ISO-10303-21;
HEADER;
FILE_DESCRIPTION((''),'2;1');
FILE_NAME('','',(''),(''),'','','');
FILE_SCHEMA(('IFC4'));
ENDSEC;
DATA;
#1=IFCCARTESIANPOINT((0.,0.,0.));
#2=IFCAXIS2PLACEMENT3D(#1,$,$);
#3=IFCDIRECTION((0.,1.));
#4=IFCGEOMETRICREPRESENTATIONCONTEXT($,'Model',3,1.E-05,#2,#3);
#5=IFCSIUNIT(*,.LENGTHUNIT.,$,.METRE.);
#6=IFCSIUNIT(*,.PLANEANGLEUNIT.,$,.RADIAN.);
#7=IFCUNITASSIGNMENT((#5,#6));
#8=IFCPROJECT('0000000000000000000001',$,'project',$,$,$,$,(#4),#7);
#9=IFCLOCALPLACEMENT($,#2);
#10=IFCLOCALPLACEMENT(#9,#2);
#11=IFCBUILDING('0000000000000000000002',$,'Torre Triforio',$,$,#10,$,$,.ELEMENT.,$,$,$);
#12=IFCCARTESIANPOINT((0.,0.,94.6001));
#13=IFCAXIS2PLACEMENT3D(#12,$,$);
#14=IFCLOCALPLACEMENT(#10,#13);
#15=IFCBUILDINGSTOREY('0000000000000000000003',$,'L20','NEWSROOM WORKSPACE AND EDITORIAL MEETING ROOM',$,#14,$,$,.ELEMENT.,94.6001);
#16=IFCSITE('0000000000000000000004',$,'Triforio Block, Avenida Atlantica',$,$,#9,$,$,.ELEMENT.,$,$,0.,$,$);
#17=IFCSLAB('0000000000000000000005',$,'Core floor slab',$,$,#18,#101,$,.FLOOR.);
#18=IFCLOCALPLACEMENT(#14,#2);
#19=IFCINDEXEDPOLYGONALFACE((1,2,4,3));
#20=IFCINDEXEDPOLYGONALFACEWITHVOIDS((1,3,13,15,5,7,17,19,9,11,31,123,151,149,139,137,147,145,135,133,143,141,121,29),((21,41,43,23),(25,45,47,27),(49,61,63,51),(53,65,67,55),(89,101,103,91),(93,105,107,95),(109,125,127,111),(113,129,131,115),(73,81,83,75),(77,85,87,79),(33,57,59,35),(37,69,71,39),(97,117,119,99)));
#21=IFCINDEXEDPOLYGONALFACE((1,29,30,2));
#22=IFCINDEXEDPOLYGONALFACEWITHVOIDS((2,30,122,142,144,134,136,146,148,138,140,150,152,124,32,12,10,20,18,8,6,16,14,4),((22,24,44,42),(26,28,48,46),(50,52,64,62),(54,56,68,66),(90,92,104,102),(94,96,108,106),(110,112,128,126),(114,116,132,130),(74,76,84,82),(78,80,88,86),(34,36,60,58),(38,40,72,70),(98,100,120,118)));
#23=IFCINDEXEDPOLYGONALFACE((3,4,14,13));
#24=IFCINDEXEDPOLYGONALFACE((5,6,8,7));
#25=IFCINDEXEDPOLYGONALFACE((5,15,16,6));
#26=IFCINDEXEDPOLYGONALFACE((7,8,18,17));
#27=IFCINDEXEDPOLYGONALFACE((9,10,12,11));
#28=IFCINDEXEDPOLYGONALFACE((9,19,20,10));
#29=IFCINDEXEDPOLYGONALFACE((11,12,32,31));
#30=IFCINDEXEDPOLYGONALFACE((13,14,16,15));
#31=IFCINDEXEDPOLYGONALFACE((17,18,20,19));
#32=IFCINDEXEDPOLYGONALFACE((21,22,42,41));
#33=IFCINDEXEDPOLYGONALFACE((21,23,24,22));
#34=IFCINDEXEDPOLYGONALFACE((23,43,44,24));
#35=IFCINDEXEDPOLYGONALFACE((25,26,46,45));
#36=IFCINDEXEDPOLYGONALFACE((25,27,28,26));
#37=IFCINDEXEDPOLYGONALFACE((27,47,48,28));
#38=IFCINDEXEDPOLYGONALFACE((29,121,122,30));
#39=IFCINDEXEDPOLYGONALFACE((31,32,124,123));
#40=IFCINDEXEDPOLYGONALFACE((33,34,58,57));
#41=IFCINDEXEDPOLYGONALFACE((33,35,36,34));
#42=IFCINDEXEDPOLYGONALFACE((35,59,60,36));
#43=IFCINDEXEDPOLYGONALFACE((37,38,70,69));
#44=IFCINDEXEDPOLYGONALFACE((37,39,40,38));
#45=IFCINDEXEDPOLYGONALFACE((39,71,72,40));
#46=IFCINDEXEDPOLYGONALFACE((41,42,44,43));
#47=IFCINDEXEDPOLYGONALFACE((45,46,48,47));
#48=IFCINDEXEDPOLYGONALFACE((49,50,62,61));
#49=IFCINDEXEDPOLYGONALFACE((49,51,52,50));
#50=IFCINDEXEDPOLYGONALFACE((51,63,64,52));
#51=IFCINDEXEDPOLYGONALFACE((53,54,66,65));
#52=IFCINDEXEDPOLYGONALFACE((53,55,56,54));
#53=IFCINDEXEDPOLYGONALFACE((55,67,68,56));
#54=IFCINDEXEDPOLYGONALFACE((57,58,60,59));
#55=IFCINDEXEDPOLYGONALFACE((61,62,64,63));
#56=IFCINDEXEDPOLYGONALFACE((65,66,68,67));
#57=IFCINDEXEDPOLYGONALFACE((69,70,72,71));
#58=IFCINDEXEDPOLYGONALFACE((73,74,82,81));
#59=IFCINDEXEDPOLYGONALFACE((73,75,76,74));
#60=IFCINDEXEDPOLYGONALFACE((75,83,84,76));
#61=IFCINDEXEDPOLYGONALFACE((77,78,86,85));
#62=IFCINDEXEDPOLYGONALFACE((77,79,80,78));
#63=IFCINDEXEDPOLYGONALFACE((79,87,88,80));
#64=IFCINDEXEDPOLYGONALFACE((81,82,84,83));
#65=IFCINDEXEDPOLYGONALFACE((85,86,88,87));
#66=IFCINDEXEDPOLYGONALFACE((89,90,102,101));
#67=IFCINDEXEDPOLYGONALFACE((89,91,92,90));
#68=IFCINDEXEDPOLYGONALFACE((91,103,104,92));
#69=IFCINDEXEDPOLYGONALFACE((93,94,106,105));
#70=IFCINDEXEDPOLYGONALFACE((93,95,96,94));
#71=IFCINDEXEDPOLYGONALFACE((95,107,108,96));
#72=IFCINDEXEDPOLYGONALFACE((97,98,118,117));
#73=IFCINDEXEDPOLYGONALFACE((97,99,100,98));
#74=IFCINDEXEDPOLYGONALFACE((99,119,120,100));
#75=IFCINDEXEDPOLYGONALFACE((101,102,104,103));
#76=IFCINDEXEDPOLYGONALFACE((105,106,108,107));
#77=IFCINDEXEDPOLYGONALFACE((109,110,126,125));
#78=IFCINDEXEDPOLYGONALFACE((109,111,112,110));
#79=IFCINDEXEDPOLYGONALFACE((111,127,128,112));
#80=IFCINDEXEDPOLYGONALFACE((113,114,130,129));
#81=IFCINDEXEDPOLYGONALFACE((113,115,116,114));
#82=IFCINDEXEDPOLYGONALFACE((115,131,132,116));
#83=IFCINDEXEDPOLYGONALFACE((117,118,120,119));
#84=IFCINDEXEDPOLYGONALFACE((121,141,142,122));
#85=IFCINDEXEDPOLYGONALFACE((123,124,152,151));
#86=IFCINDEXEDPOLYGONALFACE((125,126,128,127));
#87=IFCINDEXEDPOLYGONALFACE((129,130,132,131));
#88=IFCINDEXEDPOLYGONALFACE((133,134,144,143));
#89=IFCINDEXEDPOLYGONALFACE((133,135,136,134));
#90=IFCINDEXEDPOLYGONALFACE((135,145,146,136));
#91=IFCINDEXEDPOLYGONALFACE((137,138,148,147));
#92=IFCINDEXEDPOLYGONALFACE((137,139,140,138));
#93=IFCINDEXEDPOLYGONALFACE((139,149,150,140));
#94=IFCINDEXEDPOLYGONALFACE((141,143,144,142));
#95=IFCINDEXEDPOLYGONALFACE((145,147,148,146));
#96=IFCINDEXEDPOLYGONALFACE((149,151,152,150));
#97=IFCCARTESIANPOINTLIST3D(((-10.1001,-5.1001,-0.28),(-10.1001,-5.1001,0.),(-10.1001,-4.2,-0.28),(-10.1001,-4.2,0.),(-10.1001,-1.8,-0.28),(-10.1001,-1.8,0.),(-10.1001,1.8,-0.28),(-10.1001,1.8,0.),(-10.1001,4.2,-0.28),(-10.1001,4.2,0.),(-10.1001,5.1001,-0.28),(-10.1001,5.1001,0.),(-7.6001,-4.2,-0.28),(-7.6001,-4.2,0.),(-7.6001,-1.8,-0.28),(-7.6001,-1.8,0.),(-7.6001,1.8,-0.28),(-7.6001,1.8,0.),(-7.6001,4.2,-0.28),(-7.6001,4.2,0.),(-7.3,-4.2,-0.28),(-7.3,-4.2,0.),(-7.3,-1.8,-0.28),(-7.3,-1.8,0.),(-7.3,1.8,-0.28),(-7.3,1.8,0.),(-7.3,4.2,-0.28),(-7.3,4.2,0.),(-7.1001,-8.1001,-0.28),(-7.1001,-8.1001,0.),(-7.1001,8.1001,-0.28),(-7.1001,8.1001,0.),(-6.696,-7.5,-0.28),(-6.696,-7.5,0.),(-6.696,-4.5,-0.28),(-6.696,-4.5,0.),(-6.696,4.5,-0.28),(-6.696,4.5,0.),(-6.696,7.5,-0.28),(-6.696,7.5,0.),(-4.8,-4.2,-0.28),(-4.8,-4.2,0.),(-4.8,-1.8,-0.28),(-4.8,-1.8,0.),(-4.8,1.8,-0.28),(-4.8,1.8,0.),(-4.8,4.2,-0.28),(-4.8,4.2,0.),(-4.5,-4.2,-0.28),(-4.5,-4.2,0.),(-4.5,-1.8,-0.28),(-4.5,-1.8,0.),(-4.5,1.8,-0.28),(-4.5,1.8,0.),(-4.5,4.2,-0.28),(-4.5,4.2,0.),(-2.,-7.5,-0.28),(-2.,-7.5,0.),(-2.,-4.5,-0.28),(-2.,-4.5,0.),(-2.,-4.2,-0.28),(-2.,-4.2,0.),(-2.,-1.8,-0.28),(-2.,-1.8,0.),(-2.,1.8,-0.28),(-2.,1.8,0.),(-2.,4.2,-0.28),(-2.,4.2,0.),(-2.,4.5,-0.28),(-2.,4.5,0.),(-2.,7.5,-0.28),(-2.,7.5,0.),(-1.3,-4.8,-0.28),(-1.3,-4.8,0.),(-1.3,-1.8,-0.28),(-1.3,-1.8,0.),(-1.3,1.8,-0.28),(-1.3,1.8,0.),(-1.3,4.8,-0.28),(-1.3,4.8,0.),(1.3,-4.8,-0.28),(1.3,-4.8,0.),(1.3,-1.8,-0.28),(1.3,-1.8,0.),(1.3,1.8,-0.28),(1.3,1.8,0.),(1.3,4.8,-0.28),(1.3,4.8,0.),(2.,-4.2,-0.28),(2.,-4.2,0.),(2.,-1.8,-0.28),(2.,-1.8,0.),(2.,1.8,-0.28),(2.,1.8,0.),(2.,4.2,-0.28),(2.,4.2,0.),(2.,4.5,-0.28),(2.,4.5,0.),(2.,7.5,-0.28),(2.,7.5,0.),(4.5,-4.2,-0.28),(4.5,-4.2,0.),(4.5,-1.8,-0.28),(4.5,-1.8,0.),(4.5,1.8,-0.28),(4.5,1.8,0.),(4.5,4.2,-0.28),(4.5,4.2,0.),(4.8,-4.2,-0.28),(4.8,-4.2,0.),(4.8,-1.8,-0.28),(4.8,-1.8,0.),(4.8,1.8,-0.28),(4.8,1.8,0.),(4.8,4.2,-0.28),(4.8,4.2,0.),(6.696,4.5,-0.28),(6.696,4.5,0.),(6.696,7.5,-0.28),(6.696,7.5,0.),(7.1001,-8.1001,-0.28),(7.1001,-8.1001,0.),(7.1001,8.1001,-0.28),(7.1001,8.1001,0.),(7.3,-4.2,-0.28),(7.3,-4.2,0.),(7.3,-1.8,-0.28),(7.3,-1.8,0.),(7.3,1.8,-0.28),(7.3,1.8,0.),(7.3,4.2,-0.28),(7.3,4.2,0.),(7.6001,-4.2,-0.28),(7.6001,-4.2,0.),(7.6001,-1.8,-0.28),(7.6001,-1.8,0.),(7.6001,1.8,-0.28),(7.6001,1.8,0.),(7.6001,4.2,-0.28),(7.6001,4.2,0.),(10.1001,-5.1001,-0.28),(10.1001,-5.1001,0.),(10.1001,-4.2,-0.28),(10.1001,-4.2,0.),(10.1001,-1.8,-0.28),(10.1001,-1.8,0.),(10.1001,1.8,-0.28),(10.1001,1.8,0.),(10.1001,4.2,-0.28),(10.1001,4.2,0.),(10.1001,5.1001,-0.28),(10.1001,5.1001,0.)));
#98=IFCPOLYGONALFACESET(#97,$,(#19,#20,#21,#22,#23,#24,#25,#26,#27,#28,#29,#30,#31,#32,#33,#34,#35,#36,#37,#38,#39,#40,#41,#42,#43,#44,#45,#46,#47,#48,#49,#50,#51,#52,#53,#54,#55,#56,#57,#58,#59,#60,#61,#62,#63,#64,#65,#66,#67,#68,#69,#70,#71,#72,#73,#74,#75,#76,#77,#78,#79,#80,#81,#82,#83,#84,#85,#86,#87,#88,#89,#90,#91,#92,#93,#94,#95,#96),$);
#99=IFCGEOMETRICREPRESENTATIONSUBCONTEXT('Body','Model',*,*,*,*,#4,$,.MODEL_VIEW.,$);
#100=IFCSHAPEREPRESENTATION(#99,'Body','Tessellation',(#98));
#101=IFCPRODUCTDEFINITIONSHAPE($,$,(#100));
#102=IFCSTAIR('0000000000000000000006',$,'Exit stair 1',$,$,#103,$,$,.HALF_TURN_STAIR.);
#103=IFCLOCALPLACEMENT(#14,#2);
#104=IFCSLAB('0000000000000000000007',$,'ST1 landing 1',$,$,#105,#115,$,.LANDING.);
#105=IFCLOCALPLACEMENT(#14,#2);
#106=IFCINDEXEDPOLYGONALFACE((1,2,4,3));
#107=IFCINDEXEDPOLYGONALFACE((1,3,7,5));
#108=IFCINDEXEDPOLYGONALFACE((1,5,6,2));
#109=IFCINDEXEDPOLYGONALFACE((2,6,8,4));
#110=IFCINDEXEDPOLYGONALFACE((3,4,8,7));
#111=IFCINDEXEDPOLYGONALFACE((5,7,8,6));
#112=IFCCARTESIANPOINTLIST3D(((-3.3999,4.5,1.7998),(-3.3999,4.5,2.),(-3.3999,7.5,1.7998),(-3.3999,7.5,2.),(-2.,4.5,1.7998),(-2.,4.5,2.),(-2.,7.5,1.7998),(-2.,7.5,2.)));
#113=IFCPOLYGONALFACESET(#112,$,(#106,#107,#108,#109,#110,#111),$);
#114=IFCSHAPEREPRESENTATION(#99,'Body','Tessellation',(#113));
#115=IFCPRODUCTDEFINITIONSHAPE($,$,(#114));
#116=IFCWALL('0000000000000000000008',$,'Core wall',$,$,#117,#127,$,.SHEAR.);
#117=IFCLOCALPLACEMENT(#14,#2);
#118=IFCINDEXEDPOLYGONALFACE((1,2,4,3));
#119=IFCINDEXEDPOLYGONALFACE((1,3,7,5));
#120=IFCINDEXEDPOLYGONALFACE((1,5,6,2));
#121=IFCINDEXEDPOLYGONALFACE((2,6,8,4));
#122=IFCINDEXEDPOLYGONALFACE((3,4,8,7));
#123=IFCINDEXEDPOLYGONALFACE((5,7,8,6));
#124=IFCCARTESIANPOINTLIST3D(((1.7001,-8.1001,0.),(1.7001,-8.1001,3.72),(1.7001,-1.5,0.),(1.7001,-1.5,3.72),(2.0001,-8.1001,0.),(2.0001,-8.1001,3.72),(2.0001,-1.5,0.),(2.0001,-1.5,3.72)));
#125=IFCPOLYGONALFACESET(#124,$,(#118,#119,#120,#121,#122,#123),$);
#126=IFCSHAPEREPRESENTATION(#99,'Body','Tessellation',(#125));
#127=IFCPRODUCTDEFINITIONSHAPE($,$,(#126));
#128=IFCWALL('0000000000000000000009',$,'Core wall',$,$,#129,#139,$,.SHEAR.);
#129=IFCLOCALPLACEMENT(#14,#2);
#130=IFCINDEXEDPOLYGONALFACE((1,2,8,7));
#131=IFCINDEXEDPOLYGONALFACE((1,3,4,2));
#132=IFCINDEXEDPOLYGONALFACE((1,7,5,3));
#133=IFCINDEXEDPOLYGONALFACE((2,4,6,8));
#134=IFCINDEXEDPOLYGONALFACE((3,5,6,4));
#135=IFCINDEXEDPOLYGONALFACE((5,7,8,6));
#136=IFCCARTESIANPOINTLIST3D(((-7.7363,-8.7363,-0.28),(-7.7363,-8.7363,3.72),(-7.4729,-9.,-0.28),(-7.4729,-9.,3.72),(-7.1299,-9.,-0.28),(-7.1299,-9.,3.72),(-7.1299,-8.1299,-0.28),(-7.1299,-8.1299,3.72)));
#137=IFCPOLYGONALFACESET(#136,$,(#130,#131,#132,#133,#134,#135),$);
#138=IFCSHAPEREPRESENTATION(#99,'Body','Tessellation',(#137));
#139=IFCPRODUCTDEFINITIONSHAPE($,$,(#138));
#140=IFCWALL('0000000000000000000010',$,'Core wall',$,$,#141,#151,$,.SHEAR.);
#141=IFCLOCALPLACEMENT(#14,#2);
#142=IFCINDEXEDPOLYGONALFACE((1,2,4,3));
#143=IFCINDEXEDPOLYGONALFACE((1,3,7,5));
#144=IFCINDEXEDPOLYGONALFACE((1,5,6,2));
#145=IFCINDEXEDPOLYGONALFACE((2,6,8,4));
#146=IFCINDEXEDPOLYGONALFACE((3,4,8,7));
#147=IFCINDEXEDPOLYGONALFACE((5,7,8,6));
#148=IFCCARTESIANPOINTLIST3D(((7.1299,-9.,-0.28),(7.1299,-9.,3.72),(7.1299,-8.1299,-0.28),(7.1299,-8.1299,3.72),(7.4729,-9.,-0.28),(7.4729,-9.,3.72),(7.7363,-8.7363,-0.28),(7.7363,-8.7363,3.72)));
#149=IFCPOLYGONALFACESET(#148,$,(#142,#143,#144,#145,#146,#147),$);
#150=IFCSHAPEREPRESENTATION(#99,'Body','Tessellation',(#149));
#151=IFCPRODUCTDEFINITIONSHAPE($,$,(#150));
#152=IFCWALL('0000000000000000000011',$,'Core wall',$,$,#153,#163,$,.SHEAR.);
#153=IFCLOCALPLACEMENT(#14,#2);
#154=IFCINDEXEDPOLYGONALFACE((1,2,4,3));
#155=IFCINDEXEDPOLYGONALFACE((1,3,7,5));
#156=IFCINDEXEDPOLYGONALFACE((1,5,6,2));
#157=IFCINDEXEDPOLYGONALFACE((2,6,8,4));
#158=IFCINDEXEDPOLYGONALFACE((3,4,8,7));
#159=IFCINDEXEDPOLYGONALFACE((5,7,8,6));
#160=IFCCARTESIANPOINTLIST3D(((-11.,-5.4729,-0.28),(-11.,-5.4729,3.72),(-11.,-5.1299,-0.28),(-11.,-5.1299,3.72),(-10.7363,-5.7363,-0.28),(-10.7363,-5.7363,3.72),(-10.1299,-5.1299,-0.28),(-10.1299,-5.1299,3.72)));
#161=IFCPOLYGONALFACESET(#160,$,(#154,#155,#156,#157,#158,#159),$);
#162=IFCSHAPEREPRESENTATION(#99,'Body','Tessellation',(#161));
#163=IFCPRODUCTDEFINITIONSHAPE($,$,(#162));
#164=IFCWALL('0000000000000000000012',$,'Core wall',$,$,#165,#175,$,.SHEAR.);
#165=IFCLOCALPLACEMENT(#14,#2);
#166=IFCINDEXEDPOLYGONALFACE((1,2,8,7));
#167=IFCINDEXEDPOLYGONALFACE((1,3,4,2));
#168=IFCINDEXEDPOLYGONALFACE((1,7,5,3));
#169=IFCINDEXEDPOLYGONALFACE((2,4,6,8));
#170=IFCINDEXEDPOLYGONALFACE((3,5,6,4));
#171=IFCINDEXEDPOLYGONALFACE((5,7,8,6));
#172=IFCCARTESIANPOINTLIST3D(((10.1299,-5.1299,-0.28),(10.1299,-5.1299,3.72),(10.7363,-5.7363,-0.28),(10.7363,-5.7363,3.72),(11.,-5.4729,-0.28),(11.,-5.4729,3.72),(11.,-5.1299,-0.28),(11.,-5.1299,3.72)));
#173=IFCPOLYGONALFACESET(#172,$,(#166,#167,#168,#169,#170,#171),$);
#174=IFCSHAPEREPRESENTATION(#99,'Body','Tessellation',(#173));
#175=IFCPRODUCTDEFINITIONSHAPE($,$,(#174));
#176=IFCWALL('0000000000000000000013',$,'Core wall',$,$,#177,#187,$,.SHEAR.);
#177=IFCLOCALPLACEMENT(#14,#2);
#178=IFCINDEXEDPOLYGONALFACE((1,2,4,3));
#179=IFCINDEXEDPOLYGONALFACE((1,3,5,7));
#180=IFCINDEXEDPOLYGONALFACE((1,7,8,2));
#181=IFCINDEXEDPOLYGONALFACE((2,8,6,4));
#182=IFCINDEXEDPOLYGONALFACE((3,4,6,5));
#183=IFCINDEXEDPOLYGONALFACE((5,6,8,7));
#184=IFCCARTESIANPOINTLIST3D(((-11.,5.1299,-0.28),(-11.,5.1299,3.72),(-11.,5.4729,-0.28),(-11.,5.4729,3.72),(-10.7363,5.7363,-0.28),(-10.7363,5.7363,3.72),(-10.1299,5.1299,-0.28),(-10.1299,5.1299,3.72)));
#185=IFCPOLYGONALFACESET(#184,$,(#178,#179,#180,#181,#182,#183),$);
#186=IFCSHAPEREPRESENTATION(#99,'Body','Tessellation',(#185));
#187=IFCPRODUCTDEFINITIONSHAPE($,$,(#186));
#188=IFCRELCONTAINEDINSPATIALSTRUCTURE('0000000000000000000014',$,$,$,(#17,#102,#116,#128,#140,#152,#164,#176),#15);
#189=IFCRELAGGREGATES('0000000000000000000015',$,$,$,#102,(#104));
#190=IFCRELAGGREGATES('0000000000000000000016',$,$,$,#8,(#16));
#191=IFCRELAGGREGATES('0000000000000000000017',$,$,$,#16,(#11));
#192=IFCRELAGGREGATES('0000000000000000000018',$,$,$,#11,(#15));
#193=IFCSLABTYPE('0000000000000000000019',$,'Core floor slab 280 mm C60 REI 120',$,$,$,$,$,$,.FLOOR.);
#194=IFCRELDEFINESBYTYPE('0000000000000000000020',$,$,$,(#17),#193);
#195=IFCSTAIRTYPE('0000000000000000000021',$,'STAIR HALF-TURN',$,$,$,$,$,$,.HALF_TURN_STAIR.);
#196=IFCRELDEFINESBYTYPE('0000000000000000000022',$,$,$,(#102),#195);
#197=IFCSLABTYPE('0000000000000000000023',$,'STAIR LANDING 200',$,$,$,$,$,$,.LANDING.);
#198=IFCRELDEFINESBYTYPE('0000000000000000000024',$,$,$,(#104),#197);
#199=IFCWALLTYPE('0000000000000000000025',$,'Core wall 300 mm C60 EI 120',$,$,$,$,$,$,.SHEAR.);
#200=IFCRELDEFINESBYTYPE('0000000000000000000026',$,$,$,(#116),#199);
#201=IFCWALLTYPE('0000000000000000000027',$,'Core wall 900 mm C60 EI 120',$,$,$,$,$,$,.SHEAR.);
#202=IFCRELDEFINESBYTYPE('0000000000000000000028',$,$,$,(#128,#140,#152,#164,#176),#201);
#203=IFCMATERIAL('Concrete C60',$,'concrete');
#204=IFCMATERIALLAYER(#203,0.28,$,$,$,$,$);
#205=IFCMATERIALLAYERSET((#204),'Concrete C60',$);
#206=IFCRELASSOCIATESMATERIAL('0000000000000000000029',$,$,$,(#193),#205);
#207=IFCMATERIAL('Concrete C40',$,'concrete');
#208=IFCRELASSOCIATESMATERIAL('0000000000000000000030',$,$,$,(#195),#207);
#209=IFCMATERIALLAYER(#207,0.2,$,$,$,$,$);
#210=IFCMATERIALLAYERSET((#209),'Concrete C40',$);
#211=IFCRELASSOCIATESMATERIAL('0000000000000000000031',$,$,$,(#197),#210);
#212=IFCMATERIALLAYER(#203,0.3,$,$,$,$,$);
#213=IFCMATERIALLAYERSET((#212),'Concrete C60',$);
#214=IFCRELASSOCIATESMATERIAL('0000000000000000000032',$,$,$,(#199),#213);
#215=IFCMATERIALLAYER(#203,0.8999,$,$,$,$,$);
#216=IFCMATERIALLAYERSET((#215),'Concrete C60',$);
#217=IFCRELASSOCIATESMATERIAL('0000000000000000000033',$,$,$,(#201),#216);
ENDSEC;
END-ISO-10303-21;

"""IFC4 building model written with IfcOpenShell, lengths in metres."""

from ifc_helpers import new_model, si_unit, direction, frame, frame_2d, origin, place, context, subcontext, project, spatial, polyline, rectangle, outline, extrude, material, layer, layer_set, type_object, element, aggregate, save


model = new_model("IFC4")

# Units and contexts
model_context = context("Model", 3, precision=1e-05, world=origin(), true_north=direction((0.0, 1.0)))
body_context = subcontext(model_context, "Body", "Model", "MODEL_VIEW")
ifc_project = project(units=[si_unit("LENGTHUNIT", "METRE"), si_unit("PLANEANGLEUNIT", "RADIAN")], contexts=[model_context])

# Site, building, storey
site_placement = place(None, origin())
site = spatial("IfcSite", under=ifc_project, at=site_placement, Name="Triforio Block, Avenida Atlantica", CompositionType="ELEMENT", RefElevation=0.0)
building_placement = place(site_placement, origin())
building = spatial("IfcBuilding", under=site, at=building_placement, Name="Torre Triforio", CompositionType="ELEMENT")
storey_placement = place(building_placement, frame((0.0, 0.0, 94.6001)))
storey = spatial("IfcBuildingStorey", under=building, at=storey_placement, Name="L20", Description="NEWSROOM WORKSPACE AND EDITORIAL MEETING ROOM", CompositionType="ELEMENT", Elevation=94.6001)

# Slab
ifc_material_1 = material(Name="Concrete C60", Category="concrete")
ifc_layer_1 = layer(ifc_material_1, 0.28)
ifc_layer_set_1 = layer_set([ifc_layer_1], Name="Concrete C60")
slab_type_1 = type_object("IfcSlabType", Name="Core floor slab 280 mm C60 REI 120", PredefinedType="FLOOR", material=ifc_layer_set_1)
slab_1_placement = place(storey_placement, frame((0.0, 0.0, -0.28)))
element("IfcSlab", 1, at=slab_1_placement, inside=storey, type_object=slab_type_1, Name="Core floor slab", PredefinedType="FLOOR", context=body_context, shape_type="SweptSolid", body=[
    extrude(outline(polyline([(10.1001, -5.1001), (7.1001, -8.1001), (-7.1001, -8.1001), (-10.1001, -5.1001), (-10.1001, -4.2), (-7.6001, -4.2), (-7.6001, -1.8), (-10.1001, -1.8), (-10.1001, 1.8), (-7.6001, 1.8), (-7.6001, 4.2), (-10.1001, 4.2), (-10.1001, 5.1001), (-7.1001, 8.1001), (7.1001, 8.1001), (10.1001, 5.1001), (10.1001, 4.2), (7.6001, 4.2), (7.6001, 1.8), (10.1001, 1.8), (10.1001, -1.8), (7.6001, -1.8), (7.6001, -4.2), (10.1001, -4.2), (10.1001, -5.1001)]), holes=[polyline([(-2.0, -4.5), (-6.696, -4.5), (-6.696, -7.5), (-2.0, -7.5), (-2.0, -4.5)]), polyline([(-4.8, -1.8), (-7.3, -1.8), (-7.3, -4.2), (-4.8, -4.2), (-4.8, -1.8)]), polyline([(-2.0, -1.8), (-4.5, -1.8), (-4.5, -4.2), (-2.0, -4.2), (-2.0, -1.8)]), polyline([(-4.8, 4.2), (-7.3, 4.2), (-7.3, 1.8), (-4.8, 1.8), (-4.8, 4.2)]), polyline([(-2.0, 4.2), (-4.5, 4.2), (-4.5, 1.8), (-2.0, 1.8), (-2.0, 4.2)]), polyline([(1.3, 4.8), (-1.3, 4.8), (-1.3, 1.8), (1.3, 1.8), (1.3, 4.8)]), polyline([(-2.0, 7.5), (-6.696, 7.5), (-6.696, 4.5), (-2.0, 4.5), (-2.0, 7.5)]), polyline([(1.3, -1.8), (-1.3, -1.8), (-1.3, -4.8), (1.3, -4.8), (1.3, -1.8)]), polyline([(4.5, -1.8), (2.0, -1.8), (2.0, -4.2), (4.5, -4.2), (4.5, -1.8)]), polyline([(7.3, -1.8), (4.8, -1.8), (4.8, -4.2), (7.3, -4.2), (7.3, -1.8)]), polyline([(4.5, 4.2), (2.0, 4.2), (2.0, 1.8), (4.5, 1.8), (4.5, 4.2)]), polyline([(7.3, 4.2), (4.8, 4.2), (4.8, 1.8), (7.3, 1.8), (7.3, 4.2)]), polyline([(6.696, 4.5), (6.696, 7.5), (2.0, 7.5), (2.0, 4.5), (6.696, 4.5)])]), origin(), (0.0, 0.0, 1.0), 0.28),
])

# Stair, slab
ifc_material_2 = material(Name="Concrete C40", Category="concrete")
stair_type = type_object("IfcStairType", Name="STAIR HALF-TURN", PredefinedType="HALF_TURN_STAIR", material=ifc_material_2)
stair_placement = place(storey_placement, origin())
stair = element("IfcStair", 2, at=stair_placement, inside=storey, type_object=stair_type, Name="Exit stair 1", PredefinedType="HALF_TURN_STAIR")
ifc_layer_2 = layer(ifc_material_2, 0.2)
ifc_layer_set_2 = layer_set([ifc_layer_2], Name="Concrete C40")
slab_type_2 = type_object("IfcSlabType", Name="STAIR LANDING 200", PredefinedType="LANDING", material=ifc_layer_set_2)
slab_2_placement = place(storey_placement, frame((0.0, 0.0, 1.7998)))
slab_2 = element("IfcSlab", 3, at=slab_2_placement, type_object=slab_type_2, Name="ST1 landing 1", PredefinedType="LANDING", context=body_context, shape_type="SweptSolid", body=[
    extrude(outline(polyline([(-2.0, 4.5), (-2.0, 7.5), (-3.3999, 7.5), (-3.3999, 4.5), (-2.0, 4.5)])), origin(), (0.0, 0.0, 1.0), 0.2002),
])
aggregate(stair, [slab_2])

# Walls
ifc_layer_3 = layer(ifc_material_1, 0.3)
ifc_layer_set_3 = layer_set([ifc_layer_3], Name="Concrete C60")
wall_type_1 = type_object("IfcWallType", Name="Core wall 300 mm C60 EI 120", PredefinedType="SHEAR", material=ifc_layer_set_3)
wall_1_placement = place(storey_placement, frame((1.8501, -8.1001, 0.0), z_axis=(0.0, 0.0, 1.0), x_axis=(0.0, 1.0, 0.0)))
element("IfcWall", 4, at=wall_1_placement, inside=storey, type_object=wall_type_1, Name="Core wall", PredefinedType="SHEAR", context=body_context, shape_type="SweptSolid", body=[
    extrude(rectangle(XDim=6.6001, YDim=0.3, at=frame_2d((3.3, 0.0))), origin(), (0.0, 0.0, 1.0), 3.72),
])
ifc_layer_4 = layer(ifc_material_1, 0.8999)
ifc_layer_set_4 = layer_set([ifc_layer_4], Name="Concrete C60")
wall_type_2 = type_object("IfcWallType", Name="Core wall 900 mm C60 EI 120", PredefinedType="SHEAR", material=ifc_layer_set_4)
wall_2_placement = place(storey_placement, frame((0.0, 0.0, -0.28)))
element("IfcWall", 5, at=wall_2_placement, inside=storey, type_object=wall_type_2, Name="Core wall", PredefinedType="SHEAR", context=body_context, shape_type="SweptSolid", body=[
    extrude(outline(polyline([(-7.4729, -9.0), (-7.7363, -8.7363), (-7.1299, -8.1299), (-7.1299, -9.0), (-7.4729, -9.0)])), origin(), (0.0, 0.0, 1.0), 4.0),
])
wall_3_placement = place(storey_placement, frame((0.0, 0.0, -0.28)))
element("IfcWall", 6, at=wall_3_placement, inside=storey, type_object=wall_type_2, Name="Core wall", PredefinedType="SHEAR", context=body_context, shape_type="SweptSolid", body=[
    extrude(outline(polyline([(7.4729, -9.0), (7.1299, -9.0), (7.1299, -8.1299), (7.7363, -8.7363), (7.4729, -9.0)])), origin(), (0.0, 0.0, 1.0), 4.0),
])
wall_4_placement = place(storey_placement, frame((0.0, 0.0, -0.28)))
element("IfcWall", 7, at=wall_4_placement, inside=storey, type_object=wall_type_2, Name="Core wall", PredefinedType="SHEAR", context=body_context, shape_type="SweptSolid", body=[
    extrude(outline(polyline([(-11.0, -5.4729), (-11.0, -5.1299), (-10.1299, -5.1299), (-10.7363, -5.7363), (-11.0, -5.4729)])), origin(), (0.0, 0.0, 1.0), 4.0),
])
wall_5_placement = place(storey_placement, frame((0.0, 0.0, -0.28)))
element("IfcWall", 8, at=wall_5_placement, inside=storey, type_object=wall_type_2, Name="Core wall", PredefinedType="SHEAR", context=body_context, shape_type="SweptSolid", body=[
    extrude(outline(polyline([(11.0, -5.4729), (10.7363, -5.7363), (10.1299, -5.1299), (11.0, -5.1299), (11.0, -5.4729)])), origin(), (0.0, 0.0, 1.0), 4.0),
])
wall_6_placement = place(storey_placement, frame((0.0, 0.0, -0.28)))
element("IfcWall", 9, at=wall_6_placement, inside=storey, type_object=wall_type_2, Name="Core wall", PredefinedType="SHEAR", context=body_context, shape_type="SweptSolid", body=[
    extrude(outline(polyline([(-10.7363, 5.7363), (-10.1299, 5.1299), (-11.0, 5.1299), (-11.0, 5.4729), (-10.7363, 5.7363)])), origin(), (0.0, 0.0, 1.0), 4.0),
])

save(model, "model.ifc")
